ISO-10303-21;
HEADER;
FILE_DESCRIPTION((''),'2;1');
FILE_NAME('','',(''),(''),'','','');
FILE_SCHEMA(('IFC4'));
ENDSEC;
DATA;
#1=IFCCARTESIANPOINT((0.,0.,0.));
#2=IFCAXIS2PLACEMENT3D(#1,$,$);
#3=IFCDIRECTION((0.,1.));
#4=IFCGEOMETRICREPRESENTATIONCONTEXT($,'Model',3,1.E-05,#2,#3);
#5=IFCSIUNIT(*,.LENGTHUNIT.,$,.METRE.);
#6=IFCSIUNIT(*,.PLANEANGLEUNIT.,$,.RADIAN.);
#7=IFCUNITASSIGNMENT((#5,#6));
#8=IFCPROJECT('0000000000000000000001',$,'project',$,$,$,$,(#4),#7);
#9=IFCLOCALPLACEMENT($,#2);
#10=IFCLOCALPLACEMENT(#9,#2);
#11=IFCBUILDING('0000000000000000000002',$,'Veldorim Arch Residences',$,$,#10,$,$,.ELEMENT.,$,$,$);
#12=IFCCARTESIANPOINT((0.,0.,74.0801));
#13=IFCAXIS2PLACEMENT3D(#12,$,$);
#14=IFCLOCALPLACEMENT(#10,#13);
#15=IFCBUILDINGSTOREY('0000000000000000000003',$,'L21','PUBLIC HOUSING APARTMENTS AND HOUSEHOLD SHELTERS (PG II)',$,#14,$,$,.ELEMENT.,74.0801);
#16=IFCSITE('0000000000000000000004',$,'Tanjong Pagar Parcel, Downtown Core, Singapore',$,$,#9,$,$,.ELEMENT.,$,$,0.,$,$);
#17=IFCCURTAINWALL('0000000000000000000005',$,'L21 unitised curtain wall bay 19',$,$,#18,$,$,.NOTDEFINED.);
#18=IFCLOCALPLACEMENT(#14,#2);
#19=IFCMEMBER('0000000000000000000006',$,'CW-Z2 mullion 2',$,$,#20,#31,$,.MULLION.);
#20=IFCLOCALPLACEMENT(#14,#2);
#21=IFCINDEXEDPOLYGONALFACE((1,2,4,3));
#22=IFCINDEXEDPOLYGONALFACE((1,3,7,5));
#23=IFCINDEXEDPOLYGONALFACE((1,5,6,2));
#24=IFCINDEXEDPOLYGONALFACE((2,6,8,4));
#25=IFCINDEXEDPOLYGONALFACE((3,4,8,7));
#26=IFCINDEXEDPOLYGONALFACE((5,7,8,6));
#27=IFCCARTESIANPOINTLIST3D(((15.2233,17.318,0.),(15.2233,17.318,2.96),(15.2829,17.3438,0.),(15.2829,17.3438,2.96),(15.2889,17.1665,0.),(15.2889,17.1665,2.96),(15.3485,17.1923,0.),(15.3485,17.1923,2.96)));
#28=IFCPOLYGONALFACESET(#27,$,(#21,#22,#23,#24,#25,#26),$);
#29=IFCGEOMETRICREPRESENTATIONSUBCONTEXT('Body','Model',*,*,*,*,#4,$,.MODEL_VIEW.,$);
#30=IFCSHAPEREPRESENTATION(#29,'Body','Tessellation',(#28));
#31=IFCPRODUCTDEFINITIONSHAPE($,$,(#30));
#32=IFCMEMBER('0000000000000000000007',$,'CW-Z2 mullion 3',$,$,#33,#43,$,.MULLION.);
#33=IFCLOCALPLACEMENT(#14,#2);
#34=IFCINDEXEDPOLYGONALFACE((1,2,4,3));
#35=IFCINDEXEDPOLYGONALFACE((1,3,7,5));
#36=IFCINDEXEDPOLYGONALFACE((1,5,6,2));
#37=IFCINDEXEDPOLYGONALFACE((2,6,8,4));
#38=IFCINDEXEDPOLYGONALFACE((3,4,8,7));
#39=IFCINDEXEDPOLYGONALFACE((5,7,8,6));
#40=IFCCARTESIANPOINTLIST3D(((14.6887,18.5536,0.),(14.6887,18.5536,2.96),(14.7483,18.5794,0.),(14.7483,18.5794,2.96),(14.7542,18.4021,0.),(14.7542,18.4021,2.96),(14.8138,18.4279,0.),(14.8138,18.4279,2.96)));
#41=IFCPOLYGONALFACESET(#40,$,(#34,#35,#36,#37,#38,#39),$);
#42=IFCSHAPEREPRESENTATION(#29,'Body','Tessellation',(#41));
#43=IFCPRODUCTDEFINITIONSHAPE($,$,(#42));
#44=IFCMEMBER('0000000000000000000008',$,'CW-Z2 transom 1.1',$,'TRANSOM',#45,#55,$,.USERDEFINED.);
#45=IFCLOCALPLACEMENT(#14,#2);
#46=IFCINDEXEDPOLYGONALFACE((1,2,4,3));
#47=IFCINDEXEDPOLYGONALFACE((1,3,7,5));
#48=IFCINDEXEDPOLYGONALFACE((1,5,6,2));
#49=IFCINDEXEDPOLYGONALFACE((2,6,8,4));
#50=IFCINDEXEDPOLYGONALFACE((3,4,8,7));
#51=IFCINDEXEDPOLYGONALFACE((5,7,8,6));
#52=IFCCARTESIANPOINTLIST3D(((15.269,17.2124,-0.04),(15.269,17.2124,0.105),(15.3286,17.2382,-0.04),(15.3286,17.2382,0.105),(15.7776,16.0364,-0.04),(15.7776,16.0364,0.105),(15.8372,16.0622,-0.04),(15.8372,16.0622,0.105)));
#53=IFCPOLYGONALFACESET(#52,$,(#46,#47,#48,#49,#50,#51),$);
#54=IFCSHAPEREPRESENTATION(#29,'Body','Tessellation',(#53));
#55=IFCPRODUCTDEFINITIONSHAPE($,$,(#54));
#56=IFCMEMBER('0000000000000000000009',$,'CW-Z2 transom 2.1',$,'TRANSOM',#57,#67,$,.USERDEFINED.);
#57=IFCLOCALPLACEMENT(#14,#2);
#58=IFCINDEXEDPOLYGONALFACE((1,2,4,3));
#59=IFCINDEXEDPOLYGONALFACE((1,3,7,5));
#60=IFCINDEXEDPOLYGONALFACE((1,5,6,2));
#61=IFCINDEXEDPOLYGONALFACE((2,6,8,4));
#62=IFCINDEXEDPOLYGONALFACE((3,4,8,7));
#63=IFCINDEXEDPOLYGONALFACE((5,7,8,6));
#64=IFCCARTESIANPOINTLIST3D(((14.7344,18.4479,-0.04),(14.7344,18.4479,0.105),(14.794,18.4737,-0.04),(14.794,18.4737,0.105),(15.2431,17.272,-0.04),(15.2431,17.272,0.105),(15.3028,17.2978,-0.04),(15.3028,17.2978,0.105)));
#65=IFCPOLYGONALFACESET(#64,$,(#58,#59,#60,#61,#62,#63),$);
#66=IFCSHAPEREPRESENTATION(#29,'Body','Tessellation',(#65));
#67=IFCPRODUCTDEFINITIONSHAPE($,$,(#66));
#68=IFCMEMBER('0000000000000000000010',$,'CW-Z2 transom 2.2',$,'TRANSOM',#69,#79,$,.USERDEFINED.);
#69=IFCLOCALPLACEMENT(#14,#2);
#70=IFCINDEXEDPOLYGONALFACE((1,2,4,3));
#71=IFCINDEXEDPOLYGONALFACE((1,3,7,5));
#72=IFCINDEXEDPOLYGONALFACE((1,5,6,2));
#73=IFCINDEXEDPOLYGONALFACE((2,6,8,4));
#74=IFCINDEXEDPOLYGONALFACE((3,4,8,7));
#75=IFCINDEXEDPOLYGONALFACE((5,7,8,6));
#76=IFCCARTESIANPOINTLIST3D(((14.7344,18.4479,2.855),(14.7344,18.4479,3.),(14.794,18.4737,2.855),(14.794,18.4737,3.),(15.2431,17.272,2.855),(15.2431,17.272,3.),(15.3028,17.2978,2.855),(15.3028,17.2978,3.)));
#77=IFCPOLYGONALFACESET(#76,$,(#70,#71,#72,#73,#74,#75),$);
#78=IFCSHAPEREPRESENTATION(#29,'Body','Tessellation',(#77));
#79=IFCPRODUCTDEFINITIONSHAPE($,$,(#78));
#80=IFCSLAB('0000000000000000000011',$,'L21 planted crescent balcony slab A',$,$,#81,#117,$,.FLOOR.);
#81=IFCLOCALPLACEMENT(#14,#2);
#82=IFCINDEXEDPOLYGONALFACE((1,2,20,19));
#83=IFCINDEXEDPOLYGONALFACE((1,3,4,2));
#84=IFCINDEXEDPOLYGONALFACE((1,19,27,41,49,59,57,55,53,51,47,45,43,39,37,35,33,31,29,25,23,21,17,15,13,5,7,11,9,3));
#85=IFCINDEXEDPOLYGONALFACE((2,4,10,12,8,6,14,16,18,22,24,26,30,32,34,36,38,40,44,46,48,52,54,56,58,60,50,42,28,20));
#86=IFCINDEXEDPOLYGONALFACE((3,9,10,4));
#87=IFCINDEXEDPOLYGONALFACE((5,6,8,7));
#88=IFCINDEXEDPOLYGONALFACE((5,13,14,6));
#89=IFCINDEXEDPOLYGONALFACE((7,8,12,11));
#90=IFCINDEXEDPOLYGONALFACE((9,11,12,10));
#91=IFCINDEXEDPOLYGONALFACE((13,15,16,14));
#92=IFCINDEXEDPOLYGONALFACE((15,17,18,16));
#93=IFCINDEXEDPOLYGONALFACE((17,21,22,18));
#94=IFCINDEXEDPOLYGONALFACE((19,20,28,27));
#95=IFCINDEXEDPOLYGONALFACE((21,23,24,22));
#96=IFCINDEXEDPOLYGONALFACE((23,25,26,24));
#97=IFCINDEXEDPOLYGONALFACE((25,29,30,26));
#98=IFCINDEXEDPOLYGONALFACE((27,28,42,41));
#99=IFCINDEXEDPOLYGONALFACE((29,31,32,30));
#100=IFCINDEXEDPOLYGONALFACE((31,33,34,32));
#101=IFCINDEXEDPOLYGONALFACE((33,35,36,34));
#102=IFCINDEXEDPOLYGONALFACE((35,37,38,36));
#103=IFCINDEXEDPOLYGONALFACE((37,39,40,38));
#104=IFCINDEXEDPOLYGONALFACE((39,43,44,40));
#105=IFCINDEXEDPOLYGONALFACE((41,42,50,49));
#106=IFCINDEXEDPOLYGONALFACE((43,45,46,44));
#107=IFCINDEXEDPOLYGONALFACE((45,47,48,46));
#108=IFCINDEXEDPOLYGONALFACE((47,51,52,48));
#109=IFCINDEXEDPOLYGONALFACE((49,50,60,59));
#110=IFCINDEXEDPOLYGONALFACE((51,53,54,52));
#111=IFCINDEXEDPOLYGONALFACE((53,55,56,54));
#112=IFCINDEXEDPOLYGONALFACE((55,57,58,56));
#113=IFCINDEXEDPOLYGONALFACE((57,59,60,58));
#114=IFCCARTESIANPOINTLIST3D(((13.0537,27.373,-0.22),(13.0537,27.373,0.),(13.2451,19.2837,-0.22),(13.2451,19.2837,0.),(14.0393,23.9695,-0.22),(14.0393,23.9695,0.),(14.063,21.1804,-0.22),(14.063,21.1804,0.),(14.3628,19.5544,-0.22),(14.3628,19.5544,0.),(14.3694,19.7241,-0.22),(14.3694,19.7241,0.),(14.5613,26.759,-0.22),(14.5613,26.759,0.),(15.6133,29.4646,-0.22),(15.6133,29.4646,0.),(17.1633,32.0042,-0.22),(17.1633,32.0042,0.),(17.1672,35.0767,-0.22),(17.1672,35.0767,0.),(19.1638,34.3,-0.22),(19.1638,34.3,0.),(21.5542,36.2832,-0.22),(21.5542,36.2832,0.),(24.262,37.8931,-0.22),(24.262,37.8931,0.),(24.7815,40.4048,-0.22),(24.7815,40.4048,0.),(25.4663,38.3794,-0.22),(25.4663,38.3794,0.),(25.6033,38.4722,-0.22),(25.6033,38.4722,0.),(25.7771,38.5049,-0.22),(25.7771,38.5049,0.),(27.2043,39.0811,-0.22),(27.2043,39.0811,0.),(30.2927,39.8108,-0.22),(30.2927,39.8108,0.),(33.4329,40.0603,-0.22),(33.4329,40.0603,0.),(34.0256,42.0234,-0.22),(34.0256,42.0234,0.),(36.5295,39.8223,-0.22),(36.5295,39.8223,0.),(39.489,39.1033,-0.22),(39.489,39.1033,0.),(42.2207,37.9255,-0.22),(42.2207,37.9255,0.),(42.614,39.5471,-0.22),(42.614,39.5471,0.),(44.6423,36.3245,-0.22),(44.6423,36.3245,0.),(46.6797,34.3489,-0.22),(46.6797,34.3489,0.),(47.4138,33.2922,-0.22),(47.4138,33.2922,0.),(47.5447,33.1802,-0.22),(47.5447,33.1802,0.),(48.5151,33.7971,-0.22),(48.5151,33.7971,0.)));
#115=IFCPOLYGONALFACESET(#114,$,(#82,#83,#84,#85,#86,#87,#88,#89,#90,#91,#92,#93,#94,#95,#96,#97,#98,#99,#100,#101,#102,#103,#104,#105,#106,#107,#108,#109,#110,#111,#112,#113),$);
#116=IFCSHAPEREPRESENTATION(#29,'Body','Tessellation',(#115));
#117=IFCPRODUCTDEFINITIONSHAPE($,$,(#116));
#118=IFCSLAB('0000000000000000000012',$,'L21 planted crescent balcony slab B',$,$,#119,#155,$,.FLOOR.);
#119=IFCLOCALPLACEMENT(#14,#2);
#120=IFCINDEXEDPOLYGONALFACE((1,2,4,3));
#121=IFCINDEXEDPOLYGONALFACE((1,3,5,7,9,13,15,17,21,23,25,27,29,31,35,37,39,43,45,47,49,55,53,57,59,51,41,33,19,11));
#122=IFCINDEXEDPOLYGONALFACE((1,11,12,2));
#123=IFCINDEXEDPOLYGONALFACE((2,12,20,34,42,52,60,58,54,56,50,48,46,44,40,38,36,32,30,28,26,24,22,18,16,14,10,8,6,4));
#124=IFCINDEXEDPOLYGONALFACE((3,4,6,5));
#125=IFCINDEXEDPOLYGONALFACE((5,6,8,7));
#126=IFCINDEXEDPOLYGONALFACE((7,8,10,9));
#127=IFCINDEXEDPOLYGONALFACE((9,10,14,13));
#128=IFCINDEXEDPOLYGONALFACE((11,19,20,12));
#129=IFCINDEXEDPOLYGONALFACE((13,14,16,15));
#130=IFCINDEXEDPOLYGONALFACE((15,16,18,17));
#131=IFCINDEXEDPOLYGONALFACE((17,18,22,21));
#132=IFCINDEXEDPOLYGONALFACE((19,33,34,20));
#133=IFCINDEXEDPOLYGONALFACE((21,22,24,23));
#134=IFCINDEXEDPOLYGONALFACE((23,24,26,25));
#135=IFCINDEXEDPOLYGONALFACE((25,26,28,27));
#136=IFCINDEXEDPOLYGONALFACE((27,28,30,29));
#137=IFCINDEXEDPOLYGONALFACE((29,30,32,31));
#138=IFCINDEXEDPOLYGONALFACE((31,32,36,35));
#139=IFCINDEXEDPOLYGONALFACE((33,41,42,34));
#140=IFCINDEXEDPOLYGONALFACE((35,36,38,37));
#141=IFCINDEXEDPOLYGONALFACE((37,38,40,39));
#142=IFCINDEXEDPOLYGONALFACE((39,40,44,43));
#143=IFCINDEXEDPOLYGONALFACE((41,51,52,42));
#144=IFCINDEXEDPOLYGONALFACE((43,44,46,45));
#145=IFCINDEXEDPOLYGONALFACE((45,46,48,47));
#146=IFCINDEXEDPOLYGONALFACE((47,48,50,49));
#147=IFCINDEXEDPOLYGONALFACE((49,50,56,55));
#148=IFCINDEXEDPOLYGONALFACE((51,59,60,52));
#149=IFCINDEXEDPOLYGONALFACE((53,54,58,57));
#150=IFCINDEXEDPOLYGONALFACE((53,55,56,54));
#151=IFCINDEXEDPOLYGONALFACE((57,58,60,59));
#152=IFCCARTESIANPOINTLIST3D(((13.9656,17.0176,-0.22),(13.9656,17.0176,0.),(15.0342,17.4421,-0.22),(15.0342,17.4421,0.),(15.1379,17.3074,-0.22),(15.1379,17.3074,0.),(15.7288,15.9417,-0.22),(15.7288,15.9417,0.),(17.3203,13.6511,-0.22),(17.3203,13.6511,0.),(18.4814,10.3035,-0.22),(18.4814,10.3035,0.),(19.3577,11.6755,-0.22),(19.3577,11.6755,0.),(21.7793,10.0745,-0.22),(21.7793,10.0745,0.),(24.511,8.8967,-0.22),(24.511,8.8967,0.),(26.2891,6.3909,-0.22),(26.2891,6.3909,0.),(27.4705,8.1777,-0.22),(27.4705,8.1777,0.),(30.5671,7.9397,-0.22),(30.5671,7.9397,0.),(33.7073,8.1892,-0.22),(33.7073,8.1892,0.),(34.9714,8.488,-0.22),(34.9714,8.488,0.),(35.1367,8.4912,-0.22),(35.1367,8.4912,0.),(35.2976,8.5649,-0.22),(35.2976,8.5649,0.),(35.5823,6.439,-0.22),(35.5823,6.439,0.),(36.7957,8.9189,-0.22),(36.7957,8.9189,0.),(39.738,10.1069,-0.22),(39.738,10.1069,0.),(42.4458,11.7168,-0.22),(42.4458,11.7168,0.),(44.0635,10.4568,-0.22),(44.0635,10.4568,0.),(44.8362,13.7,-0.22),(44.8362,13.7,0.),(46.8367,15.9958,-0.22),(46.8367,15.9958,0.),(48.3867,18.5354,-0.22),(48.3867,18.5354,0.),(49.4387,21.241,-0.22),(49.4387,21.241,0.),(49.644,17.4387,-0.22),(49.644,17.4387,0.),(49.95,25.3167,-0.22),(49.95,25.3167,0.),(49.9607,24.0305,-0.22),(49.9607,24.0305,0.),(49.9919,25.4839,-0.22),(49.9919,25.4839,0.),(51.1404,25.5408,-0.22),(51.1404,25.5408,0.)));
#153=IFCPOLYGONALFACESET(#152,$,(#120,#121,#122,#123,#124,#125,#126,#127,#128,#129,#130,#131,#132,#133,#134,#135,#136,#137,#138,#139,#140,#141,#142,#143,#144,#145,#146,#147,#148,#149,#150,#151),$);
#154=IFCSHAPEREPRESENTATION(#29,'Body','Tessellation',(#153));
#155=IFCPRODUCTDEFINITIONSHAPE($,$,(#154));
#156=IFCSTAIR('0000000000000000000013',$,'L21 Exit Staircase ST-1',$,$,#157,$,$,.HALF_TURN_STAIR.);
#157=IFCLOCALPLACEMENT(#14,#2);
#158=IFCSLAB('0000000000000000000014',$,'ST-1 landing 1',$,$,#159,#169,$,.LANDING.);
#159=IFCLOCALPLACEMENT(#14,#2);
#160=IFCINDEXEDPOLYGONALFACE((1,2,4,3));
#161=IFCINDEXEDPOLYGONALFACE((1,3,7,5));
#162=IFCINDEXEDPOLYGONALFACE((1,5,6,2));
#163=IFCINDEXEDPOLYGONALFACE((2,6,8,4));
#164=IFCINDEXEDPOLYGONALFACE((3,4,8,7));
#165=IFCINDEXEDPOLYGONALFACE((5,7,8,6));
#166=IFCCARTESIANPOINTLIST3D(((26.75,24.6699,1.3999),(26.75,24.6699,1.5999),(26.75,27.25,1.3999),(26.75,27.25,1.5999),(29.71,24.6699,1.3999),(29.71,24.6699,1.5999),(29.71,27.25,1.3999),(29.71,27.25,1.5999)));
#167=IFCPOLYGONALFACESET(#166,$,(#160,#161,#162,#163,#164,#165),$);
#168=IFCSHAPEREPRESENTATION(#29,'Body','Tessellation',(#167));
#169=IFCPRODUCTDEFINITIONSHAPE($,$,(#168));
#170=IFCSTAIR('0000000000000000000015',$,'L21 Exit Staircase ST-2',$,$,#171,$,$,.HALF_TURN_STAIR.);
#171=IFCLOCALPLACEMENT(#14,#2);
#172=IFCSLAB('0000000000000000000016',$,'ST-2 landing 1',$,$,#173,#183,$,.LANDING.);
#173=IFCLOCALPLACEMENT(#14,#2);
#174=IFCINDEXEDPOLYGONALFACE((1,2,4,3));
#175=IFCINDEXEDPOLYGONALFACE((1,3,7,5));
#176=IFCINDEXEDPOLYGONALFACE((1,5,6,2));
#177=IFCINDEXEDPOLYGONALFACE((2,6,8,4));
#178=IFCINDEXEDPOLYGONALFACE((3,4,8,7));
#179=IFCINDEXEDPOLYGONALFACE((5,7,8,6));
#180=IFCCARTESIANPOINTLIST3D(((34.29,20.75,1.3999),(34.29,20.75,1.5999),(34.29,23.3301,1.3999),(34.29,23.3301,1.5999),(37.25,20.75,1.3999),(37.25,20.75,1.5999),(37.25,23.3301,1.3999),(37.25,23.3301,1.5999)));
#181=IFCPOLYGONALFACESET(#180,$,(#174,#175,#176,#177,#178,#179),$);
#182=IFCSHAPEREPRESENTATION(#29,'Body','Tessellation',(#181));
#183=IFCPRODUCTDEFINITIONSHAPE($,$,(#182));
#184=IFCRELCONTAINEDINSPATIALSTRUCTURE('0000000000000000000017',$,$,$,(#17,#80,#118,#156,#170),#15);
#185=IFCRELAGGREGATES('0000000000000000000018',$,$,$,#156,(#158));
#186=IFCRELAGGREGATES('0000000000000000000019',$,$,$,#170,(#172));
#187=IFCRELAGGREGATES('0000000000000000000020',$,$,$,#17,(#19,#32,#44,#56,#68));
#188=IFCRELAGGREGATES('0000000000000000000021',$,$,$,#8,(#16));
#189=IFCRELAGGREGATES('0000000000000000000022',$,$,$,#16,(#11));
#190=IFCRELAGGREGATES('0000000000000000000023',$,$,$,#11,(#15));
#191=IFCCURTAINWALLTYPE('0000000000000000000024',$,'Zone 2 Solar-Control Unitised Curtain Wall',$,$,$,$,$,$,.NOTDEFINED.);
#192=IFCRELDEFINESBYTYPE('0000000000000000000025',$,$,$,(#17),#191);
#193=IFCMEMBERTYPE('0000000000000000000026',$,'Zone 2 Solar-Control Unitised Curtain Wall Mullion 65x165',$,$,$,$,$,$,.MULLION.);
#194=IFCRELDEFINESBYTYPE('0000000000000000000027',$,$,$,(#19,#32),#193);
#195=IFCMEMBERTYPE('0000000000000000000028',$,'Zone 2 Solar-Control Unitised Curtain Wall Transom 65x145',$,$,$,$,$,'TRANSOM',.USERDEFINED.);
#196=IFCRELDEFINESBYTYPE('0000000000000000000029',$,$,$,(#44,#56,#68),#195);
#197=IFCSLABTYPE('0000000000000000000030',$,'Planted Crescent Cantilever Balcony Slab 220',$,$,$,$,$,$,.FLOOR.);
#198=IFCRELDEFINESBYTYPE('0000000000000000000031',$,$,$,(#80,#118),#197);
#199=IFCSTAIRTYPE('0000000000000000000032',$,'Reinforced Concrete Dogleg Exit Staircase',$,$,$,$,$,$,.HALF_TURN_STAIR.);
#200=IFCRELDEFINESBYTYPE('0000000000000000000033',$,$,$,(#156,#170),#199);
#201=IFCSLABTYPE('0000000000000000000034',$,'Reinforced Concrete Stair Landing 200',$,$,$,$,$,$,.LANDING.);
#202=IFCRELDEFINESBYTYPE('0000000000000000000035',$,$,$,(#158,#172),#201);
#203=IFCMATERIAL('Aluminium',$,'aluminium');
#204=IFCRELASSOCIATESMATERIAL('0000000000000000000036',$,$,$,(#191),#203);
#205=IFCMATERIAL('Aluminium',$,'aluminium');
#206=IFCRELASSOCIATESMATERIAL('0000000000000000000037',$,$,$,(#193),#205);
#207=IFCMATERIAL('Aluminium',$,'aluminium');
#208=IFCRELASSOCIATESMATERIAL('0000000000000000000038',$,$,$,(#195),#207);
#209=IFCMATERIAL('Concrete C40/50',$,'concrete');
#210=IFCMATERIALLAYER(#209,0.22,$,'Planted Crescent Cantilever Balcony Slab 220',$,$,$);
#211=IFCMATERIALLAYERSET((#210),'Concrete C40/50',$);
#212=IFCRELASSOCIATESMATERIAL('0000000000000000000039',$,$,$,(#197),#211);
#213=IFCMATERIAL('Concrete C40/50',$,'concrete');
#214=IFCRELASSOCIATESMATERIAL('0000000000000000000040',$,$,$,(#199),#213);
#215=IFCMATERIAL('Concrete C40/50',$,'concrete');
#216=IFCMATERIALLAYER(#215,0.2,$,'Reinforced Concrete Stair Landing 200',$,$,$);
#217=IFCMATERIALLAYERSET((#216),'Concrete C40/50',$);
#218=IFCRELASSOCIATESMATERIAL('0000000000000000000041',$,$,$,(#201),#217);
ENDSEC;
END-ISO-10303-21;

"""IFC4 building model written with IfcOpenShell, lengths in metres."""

from ifc_helpers import new_model, si_unit, direction, frame, origin, origin_2d, place, context, subcontext, project, spatial, polyline, rectangle, outline, extrude, material, layer, layer_set, material_profile, profile_set, type_object, element, aggregate, save


model = new_model("IFC4")

# Units and contexts
model_context = context("Model", 3, precision=1e-05, world=origin(), true_north=direction((0.0, 1.0)))
body_context = subcontext(model_context, "Body", "Model", "MODEL_VIEW")
ifc_project = project(units=[si_unit("LENGTHUNIT", "METRE"), si_unit("PLANEANGLEUNIT", "RADIAN")], contexts=[model_context])

# Site, building, storey
site_placement = place(None, origin())
site = spatial("IfcSite", under=ifc_project, at=site_placement, Name="Tanjong Pagar Parcel, Downtown Core, Singapore", CompositionType="ELEMENT", RefElevation=0.0)
building_placement = place(site_placement, origin())
building = spatial("IfcBuilding", under=site, at=building_placement, Name="Veldorim Arch Residences", CompositionType="ELEMENT")
storey_placement = place(building_placement, frame((0.0, 0.0, 74.0801)))
storey = spatial("IfcBuildingStorey", under=building, at=storey_placement, Name="L21", Description="PUBLIC HOUSING APARTMENTS AND HOUSEHOLD SHELTERS (PG II)", CompositionType="ELEMENT", Elevation=74.0801)

# Curtain wall, members
ifc_material_1 = material(Name="Aluminium", Category="aluminium")
curtain_wall_type = type_object("IfcCurtainWallType", Name="Zone 2 Solar-Control Unitised Curtain Wall", PredefinedType="NOTDEFINED", material=ifc_material_1)
curtain_wall_placement = place(storey_placement, origin())
curtain_wall = element("IfcCurtainWall", 1, at=curtain_wall_placement, inside=storey, type_object=curtain_wall_type, Name="L21 unitised curtain wall bay 19", PredefinedType="NOTDEFINED")
ifc_material_2 = material(Name="Aluminium", Category="aluminium")
ifc_material_profile_1 = material_profile(ifc_material_2, rectangle(XDim=0.0649, YDim=0.165, at=origin_2d()), Name="ALU_MUL_65x165")
ifc_profile_set_1 = profile_set([ifc_material_profile_1], Name="Aluminium")
member_type_1 = type_object("IfcMemberType", Name="Zone 2 Solar-Control Unitised Curtain Wall Mullion 65x165", PredefinedType="MULLION", material=ifc_profile_set_1)
member_1_placement = place(storey_placement, frame((15.2859, 17.2551, 0.0), z_axis=(0.0, 0.0, 1.0), x_axis=(-0.917797, -0.397051, 0.0)))
member_1 = element("IfcMember", 2, at=member_1_placement, type_object=member_type_1, Name="CW-Z2 mullion 2", PredefinedType="MULLION", context=body_context, shape_type="SweptSolid", body=[
    extrude(rectangle(XDim=0.0649, YDim=0.165, at=origin_2d()), origin(), (0.0, 0.0, 1.0), 2.96),
])
member_2_placement = place(storey_placement, frame((14.7512, 18.4907, 0.0), z_axis=(0.0, 0.0, 1.0), x_axis=(-0.917797, -0.397051, 0.0)))
member_2 = element("IfcMember", 3, at=member_2_placement, type_object=member_type_1, Name="CW-Z2 mullion 3", PredefinedType="MULLION", context=body_context, shape_type="SweptSolid", body=[
    extrude(rectangle(XDim=0.0649, YDim=0.165, at=origin_2d()), origin(), (0.0, 0.0, 1.0), 2.96),
])
ifc_material_3 = material(Name="Aluminium", Category="aluminium")
ifc_material_profile_2 = material_profile(ifc_material_3, rectangle(XDim=0.0649, YDim=0.145, at=origin_2d()), Name="ALU_TRN_65x145")
ifc_profile_set_2 = profile_set([ifc_material_profile_2], Name="Aluminium")
member_type_2 = type_object("IfcMemberType", Name="Zone 2 Solar-Control Unitised Curtain Wall Transom 65x145", ElementType="TRANSOM", PredefinedType="USERDEFINED", material=ifc_profile_set_2)
member_3_placement = place(storey_placement, frame((15.8074, 16.0493, 0.0325), z_axis=(-0.396907, 0.917859, 0.0), x_axis=(-0.917859, -0.396907, 0.0)))
member_3 = element("IfcMember", 4, at=member_3_placement, type_object=member_type_2, Name="CW-Z2 transom 1.1", ObjectType="TRANSOM", PredefinedType="USERDEFINED", context=body_context, shape_type="SweptSolid", body=[
    extrude(rectangle(XDim=0.0649, YDim=0.145, at=origin_2d()), origin(), (0.0, 0.0, 1.0), 1.2812),
])
member_4_placement = place(storey_placement, frame((15.2729, 17.2849, 0.0325), z_axis=(-0.397067, 0.917789, 0.0), x_axis=(-0.917789, -0.397067, 0.0)))
member_4 = element("IfcMember", 5, at=member_4_placement, type_object=member_type_2, Name="CW-Z2 transom 2.1", ObjectType="TRANSOM", PredefinedType="USERDEFINED", context=body_context, shape_type="SweptSolid", body=[
    extrude(rectangle(XDim=0.0649, YDim=0.145, at=origin_2d()), origin(), (0.0, 0.0, 1.0), 1.2812),
])
member_5_placement = place(storey_placement, frame((15.2729, 17.2849, 2.9275), z_axis=(-0.397067, 0.917789, 0.0), x_axis=(-0.917789, -0.397067, 0.0)))
member_5 = element("IfcMember", 6, at=member_5_placement, type_object=member_type_2, Name="CW-Z2 transom 2.2", ObjectType="TRANSOM", PredefinedType="USERDEFINED", context=body_context, shape_type="SweptSolid", body=[
    extrude(rectangle(XDim=0.0649, YDim=0.145, at=origin_2d()), origin(), (0.0, 0.0, 1.0), 1.2812),
])

# Slabs
ifc_material_4 = material(Name="Concrete C40/50", Category="concrete")
ifc_layer_1 = layer(ifc_material_4, 0.22, Name="Planted Crescent Cantilever Balcony Slab 220")
ifc_layer_set_1 = layer_set([ifc_layer_1], Name="Concrete C40/50")
slab_type_1 = type_object("IfcSlabType", Name="Planted Crescent Cantilever Balcony Slab 220", PredefinedType="FLOOR", material=ifc_layer_set_1)
slab_1_placement = place(storey_placement, frame((0.0, 0.0, -0.22)))
element("IfcSlab", 7, at=slab_1_placement, inside=storey, type_object=slab_type_1, Name="L21 planted crescent balcony slab A", PredefinedType="FLOOR", context=body_context, shape_type="SweptSolid", body=[
    extrude(outline(polyline([(47.4138, 33.2922), (46.6797, 34.3489), (44.6423, 36.3245), (42.2207, 37.9255), (39.489, 39.1033), (36.5295, 39.8223), (33.4329, 40.0603), (30.2927, 39.8108), (27.2043, 39.0811), (25.7771, 38.5049), (25.6033, 38.4722), (25.4663, 38.3794), (24.262, 37.8931), (21.5542, 36.2832), (19.1638, 34.3), (17.1633, 32.0042), (15.6133, 29.4646), (14.5613, 26.759), (14.0393, 23.9695), (14.063, 21.1804), (14.3694, 19.7241), (14.3628, 19.5544), (13.2451, 19.2837), (13.0537, 27.373), (17.1672, 35.0767), (24.7815, 40.4048), (34.0256, 42.0234), (42.614, 39.5471), (48.5151, 33.7971), (47.5447, 33.1802), (47.4138, 33.2922)])), origin(), (0.0, 0.0, 1.0), 0.22),
])
slab_2_placement = place(storey_placement, frame((0.0, 0.0, -0.22)))
element("IfcSlab", 8, at=slab_2_placement, inside=storey, type_object=slab_type_1, Name="L21 planted crescent balcony slab B", PredefinedType="FLOOR", context=body_context, shape_type="SweptSolid", body=[
    extrude(outline(polyline([(15.1379, 17.3074), (15.7288, 15.9417), (17.3203, 13.6511), (19.3577, 11.6755), (21.7793, 10.0745), (24.511, 8.8967), (27.4705, 8.1777), (30.5671, 7.9397), (33.7073, 8.1892), (34.9714, 8.488), (35.1367, 8.4912), (35.2976, 8.5649), (36.7957, 8.9189), (39.738, 10.1069), (42.4458, 11.7168), (44.8362, 13.7), (46.8367, 15.9958), (48.3867, 18.5354), (49.4387, 21.241), (49.9607, 24.0305), (49.95, 25.3167), (49.9919, 25.4839), (51.1404, 25.5408), (49.644, 17.4387), (44.0635, 10.4568), (35.5823, 6.439), (26.2891, 6.3909), (18.4814, 10.3035), (13.9656, 17.0176), (15.0342, 17.4421), (15.1379, 17.3074)])), origin(), (0.0, 0.0, 1.0), 0.22),
])

# Stairs, slabs
ifc_material_5 = material(Name="Concrete C40/50", Category="concrete")
stair_type = type_object("IfcStairType", Name="Reinforced Concrete Dogleg Exit Staircase", PredefinedType="HALF_TURN_STAIR", material=ifc_material_5)
stair_1_placement = place(storey_placement, origin())
stair_1 = element("IfcStair", 9, at=stair_1_placement, inside=storey, type_object=stair_type, Name="L21 Exit Staircase ST-1", PredefinedType="HALF_TURN_STAIR")
ifc_material_6 = material(Name="Concrete C40/50", Category="concrete")
ifc_layer_2 = layer(ifc_material_6, 0.2, Name="Reinforced Concrete Stair Landing 200")
ifc_layer_set_2 = layer_set([ifc_layer_2], Name="Concrete C40/50")
slab_type_2 = type_object("IfcSlabType", Name="Reinforced Concrete Stair Landing 200", PredefinedType="LANDING", material=ifc_layer_set_2)
slab_3_placement = place(storey_placement, frame((0.0, 0.0, 1.3999)))
slab_3 = element("IfcSlab", 10, at=slab_3_placement, type_object=slab_type_2, Name="ST-1 landing 1", PredefinedType="LANDING", context=body_context, shape_type="SweptSolid", body=[
    extrude(outline(polyline([(29.71, 24.6699), (29.71, 27.25), (26.75, 27.25), (26.75, 24.6699), (29.71, 24.6699)])), origin(), (0.0, 0.0, 1.0), 0.2),
])
aggregate(stair_1, [slab_3])
stair_2_placement = place(storey_placement, origin())
stair_2 = element("IfcStair", 11, at=stair_2_placement, inside=storey, type_object=stair_type, Name="L21 Exit Staircase ST-2", PredefinedType="HALF_TURN_STAIR")
slab_4_placement = place(storey_placement, frame((0.0, 0.0, 1.3999)))
slab_4 = element("IfcSlab", 12, at=slab_4_placement, type_object=slab_type_2, Name="ST-2 landing 1", PredefinedType="LANDING", context=body_context, shape_type="SweptSolid", body=[
    extrude(outline(polyline([(34.29, 23.3301), (34.29, 20.75), (37.25, 20.75), (37.25, 23.3301), (34.29, 23.3301)])), origin(), (0.0, 0.0, 1.0), 0.2),
])
aggregate(stair_2, [slab_4])

aggregate(curtain_wall, [member_1, member_2, member_3, member_4, member_5])

save(model, "model.ifc")
